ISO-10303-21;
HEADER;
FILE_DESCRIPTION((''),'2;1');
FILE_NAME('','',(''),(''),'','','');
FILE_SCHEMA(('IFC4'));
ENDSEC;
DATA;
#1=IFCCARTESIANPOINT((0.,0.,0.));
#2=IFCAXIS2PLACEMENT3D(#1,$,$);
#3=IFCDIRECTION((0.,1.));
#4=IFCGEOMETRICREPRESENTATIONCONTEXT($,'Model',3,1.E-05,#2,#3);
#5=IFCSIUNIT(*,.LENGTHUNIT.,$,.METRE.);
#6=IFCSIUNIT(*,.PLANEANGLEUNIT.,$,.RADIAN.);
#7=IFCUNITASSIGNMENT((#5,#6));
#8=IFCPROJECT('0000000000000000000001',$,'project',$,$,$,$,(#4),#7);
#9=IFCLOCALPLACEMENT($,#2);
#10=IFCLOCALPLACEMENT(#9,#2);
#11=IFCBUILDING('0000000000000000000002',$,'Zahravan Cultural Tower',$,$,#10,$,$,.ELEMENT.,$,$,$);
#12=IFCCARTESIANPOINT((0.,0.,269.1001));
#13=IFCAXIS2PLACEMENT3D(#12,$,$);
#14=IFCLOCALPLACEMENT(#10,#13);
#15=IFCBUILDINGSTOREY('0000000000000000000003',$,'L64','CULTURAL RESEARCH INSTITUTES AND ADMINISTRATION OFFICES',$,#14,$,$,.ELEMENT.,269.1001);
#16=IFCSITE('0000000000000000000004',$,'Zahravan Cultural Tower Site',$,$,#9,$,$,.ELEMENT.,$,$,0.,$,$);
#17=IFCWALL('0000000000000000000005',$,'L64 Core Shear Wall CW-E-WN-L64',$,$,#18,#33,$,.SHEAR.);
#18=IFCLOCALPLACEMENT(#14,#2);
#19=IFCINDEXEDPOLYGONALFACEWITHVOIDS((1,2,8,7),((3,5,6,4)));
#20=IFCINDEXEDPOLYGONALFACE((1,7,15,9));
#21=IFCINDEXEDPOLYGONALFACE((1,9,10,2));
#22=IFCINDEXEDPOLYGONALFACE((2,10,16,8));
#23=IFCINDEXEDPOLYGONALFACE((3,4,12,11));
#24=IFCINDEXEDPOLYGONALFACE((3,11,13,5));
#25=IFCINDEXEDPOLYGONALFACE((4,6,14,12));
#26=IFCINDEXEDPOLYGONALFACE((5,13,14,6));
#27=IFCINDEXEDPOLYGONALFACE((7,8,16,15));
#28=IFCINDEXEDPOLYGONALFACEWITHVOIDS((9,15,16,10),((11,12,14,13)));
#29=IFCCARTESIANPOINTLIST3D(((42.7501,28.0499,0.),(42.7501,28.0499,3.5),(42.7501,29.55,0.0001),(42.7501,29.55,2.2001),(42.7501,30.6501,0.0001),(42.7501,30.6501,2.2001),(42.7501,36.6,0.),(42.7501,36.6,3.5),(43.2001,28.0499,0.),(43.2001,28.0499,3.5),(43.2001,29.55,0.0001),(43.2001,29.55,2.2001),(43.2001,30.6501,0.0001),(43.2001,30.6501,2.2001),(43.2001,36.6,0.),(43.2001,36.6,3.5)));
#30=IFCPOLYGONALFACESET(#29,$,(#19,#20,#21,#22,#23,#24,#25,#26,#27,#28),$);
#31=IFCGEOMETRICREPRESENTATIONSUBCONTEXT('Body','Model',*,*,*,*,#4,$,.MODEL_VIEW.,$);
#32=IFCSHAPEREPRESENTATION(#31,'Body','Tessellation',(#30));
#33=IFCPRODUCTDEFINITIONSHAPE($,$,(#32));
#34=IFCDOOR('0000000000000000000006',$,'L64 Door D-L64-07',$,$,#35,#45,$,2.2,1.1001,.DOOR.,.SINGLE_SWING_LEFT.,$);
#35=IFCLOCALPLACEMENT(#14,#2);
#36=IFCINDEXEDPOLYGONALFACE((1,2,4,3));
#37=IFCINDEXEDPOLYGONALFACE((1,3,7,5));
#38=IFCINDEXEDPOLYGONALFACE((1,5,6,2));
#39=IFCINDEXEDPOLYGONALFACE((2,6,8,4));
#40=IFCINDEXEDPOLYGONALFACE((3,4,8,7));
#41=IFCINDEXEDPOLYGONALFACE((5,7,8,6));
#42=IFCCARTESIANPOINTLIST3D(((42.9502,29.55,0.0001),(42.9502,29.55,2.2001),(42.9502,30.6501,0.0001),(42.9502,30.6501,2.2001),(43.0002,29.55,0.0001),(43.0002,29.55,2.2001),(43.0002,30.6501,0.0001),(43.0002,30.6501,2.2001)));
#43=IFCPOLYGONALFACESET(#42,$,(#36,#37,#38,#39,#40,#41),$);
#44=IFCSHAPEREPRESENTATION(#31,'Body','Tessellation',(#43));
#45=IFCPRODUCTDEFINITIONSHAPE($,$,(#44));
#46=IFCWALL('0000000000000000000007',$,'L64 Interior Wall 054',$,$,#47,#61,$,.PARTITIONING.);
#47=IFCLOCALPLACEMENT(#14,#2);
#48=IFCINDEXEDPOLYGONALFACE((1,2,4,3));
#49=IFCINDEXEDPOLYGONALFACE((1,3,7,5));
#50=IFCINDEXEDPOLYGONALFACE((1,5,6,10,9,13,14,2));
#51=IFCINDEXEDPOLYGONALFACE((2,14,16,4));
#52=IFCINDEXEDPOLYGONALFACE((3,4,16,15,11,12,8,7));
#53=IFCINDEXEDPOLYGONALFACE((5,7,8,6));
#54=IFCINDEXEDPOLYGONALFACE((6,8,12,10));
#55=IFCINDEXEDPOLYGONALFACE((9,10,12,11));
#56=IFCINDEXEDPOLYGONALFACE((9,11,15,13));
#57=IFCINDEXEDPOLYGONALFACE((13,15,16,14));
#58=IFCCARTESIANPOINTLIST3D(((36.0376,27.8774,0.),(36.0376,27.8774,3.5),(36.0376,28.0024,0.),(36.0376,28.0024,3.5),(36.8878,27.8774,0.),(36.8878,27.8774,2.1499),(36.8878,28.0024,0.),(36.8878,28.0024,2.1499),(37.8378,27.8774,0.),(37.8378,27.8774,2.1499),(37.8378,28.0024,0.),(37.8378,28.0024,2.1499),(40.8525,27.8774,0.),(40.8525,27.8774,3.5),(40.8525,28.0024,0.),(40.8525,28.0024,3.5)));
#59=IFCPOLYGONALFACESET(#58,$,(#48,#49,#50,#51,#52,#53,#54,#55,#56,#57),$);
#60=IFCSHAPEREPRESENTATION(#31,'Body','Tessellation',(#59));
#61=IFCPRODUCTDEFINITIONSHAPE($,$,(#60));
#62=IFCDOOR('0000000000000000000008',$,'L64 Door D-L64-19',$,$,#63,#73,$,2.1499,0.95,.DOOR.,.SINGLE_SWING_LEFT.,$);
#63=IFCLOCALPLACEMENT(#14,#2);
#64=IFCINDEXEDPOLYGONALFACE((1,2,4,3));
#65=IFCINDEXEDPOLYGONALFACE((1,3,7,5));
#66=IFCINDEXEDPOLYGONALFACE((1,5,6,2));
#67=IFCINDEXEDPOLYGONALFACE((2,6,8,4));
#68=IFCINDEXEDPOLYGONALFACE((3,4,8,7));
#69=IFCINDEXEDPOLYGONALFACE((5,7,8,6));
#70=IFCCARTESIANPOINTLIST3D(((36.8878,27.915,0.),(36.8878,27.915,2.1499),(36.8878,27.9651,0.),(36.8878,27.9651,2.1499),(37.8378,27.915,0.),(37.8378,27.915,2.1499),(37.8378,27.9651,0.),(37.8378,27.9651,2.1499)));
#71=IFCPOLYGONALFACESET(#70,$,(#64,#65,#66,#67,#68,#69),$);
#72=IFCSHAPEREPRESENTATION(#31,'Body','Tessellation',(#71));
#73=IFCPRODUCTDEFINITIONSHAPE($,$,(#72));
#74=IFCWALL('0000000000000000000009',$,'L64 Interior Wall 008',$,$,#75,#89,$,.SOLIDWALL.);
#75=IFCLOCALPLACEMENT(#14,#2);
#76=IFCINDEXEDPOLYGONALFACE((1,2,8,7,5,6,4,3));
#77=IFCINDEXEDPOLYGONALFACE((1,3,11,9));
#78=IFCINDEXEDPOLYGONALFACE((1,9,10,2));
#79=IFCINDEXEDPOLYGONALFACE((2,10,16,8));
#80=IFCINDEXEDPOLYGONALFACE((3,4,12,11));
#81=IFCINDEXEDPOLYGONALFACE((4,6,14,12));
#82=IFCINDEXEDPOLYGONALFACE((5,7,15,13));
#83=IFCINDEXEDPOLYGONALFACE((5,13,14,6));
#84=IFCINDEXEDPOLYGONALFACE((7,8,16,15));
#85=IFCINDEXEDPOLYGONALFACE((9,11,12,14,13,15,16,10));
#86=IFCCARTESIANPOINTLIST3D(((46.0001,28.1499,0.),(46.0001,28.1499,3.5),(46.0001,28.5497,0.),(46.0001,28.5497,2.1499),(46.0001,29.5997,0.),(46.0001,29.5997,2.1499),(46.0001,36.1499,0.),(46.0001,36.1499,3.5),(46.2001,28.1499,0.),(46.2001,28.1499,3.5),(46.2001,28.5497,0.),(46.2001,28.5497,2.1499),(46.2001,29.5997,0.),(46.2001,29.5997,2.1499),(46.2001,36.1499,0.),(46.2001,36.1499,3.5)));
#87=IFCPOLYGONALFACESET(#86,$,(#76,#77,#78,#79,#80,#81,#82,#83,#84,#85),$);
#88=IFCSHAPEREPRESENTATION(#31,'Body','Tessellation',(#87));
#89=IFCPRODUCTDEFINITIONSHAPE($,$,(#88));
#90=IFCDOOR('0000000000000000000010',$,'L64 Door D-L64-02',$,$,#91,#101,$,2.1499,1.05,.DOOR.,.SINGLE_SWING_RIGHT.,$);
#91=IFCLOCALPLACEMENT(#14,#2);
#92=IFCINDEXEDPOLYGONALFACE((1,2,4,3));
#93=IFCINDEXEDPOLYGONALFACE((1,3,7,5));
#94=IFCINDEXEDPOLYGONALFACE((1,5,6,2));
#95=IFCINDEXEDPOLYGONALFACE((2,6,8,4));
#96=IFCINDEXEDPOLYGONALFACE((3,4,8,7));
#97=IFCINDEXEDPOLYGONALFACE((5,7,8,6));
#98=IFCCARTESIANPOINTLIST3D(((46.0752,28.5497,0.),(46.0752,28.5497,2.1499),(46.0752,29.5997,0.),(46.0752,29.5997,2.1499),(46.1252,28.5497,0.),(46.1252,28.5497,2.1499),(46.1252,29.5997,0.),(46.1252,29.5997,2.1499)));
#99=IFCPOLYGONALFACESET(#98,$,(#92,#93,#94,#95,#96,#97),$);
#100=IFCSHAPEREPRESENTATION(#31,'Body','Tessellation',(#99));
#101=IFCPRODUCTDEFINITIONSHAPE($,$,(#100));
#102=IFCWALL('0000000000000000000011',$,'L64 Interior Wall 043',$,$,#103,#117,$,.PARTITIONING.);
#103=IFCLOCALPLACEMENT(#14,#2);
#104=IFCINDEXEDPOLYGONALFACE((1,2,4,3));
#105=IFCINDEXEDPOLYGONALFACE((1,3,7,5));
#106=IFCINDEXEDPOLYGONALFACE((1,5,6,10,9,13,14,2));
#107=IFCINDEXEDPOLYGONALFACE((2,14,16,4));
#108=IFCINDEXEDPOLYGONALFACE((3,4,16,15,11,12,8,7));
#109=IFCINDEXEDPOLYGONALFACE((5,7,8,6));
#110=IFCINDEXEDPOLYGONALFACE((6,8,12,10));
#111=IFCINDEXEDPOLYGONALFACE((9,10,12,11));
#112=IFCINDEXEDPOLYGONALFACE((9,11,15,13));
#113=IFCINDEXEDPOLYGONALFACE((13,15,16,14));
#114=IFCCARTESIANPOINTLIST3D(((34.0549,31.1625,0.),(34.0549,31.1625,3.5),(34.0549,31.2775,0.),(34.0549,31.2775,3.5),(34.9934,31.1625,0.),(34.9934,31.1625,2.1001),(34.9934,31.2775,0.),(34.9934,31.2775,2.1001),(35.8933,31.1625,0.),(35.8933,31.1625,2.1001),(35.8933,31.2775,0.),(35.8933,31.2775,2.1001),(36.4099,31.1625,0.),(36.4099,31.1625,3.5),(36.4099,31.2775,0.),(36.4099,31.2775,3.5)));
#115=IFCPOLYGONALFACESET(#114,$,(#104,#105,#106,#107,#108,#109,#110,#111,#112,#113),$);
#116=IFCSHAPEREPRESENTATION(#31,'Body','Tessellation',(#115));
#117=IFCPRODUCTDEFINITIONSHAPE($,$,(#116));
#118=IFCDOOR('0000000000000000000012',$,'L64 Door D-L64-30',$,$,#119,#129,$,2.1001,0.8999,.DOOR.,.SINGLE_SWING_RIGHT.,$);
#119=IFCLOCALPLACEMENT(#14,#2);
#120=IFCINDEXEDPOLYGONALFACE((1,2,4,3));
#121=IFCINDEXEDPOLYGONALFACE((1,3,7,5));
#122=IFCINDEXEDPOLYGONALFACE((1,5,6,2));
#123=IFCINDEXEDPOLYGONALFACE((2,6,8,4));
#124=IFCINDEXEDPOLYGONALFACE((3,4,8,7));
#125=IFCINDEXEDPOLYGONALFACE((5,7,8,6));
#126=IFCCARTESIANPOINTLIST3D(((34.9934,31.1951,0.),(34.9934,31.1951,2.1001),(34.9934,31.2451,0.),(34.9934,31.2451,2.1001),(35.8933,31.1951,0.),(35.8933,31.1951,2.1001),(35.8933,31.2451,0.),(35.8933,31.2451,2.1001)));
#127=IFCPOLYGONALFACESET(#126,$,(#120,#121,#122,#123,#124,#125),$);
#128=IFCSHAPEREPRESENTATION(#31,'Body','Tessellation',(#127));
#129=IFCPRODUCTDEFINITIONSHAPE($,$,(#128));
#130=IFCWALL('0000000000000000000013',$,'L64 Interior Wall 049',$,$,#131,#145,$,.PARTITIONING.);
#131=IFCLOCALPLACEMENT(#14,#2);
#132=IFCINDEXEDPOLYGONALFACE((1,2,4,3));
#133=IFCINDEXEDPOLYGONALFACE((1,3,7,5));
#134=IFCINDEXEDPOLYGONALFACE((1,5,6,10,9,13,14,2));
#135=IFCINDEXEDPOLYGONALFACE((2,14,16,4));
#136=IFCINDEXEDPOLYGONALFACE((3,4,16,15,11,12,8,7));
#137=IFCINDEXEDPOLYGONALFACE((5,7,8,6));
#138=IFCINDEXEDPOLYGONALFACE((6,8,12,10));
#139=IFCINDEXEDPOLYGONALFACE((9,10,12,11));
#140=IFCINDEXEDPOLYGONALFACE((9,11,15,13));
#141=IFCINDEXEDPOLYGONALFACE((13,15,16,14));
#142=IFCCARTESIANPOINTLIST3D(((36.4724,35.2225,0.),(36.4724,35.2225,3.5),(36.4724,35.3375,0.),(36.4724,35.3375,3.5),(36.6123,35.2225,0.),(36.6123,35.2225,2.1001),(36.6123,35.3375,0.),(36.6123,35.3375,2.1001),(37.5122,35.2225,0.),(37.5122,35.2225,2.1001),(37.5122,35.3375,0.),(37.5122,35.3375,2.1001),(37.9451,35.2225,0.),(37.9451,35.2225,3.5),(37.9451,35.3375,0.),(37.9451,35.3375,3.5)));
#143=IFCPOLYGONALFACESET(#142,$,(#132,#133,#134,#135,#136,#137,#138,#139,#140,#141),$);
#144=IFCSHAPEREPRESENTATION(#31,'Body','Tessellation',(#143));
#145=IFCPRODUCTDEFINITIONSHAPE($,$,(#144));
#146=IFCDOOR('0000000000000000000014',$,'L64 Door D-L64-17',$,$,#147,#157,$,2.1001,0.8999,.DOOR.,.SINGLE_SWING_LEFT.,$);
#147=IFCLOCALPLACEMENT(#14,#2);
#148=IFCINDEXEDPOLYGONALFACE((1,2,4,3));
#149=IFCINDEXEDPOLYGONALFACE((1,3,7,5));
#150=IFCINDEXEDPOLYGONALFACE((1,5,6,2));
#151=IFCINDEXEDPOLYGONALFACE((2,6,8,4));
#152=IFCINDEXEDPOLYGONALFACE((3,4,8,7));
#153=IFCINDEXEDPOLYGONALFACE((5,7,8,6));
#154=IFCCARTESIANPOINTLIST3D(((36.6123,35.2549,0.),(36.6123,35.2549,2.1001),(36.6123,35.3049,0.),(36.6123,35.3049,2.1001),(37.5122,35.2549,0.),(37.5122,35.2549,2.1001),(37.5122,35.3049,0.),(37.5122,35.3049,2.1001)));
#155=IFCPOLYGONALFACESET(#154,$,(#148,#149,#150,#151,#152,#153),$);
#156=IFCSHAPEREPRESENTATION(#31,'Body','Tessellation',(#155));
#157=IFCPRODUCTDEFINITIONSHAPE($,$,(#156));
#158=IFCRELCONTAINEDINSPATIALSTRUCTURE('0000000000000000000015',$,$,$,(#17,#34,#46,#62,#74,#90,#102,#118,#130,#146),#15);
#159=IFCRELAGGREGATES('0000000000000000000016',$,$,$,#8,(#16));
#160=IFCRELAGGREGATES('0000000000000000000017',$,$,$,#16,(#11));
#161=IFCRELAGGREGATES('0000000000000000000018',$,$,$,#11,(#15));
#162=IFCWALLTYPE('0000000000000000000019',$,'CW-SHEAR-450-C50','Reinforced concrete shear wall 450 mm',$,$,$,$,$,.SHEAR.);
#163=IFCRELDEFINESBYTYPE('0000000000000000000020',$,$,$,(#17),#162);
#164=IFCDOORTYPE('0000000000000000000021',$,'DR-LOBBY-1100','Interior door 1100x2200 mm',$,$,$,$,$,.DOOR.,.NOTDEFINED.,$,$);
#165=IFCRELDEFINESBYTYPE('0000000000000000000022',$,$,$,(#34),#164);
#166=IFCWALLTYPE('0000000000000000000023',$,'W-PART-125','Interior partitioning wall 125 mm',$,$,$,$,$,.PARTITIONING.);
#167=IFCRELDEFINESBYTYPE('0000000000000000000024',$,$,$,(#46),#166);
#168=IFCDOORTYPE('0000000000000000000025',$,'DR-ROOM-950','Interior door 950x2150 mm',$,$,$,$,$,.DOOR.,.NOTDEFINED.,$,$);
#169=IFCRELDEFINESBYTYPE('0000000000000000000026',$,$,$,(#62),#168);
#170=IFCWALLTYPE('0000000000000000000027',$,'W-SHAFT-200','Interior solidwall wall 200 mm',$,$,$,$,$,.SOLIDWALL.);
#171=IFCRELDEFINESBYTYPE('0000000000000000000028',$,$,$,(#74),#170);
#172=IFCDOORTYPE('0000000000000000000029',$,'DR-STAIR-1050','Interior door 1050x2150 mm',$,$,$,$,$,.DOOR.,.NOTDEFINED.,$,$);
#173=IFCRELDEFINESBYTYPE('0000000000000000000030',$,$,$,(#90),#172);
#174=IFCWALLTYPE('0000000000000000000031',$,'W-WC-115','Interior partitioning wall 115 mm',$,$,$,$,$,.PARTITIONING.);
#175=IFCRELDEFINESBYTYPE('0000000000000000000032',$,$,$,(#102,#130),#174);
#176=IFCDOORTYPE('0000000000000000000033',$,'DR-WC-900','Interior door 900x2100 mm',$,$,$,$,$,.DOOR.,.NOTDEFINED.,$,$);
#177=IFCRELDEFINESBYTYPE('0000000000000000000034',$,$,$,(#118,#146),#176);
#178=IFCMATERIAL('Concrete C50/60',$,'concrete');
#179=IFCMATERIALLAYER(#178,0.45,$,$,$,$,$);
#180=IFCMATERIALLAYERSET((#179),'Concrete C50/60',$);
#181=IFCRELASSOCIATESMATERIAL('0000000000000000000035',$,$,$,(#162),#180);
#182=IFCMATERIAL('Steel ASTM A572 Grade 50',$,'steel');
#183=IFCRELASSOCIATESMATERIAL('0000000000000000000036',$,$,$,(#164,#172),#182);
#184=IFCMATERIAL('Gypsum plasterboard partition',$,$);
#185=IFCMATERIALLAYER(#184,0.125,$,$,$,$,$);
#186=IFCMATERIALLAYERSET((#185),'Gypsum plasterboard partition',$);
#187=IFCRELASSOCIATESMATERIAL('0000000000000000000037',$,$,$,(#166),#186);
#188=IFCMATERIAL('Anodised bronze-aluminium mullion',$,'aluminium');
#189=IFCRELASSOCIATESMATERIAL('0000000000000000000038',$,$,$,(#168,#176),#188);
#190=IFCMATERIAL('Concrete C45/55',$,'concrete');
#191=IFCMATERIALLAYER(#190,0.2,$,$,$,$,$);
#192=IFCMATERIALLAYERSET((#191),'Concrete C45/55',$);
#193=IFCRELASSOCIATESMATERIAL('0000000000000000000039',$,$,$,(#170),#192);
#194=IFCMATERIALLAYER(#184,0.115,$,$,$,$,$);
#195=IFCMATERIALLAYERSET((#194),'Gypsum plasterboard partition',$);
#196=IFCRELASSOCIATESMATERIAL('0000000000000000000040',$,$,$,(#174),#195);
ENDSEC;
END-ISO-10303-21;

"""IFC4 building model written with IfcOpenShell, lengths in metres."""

from ifc_helpers import new_model, si_unit, direction, frame, frame_2d, origin, place, context, subcontext, project, spatial, rectangle, extrude, source, transform, mapped, material, layer, layer_set, type_object, element, fill, save


model = new_model("IFC4")

# Units and contexts
model_context = context("Model", 3, precision=1e-05, world=origin(), true_north=direction((0.0, 1.0)))
body_context = subcontext(model_context, "Body", "Model", "MODEL_VIEW")
ifc_project = project(units=[si_unit("LENGTHUNIT", "METRE"), si_unit("PLANEANGLEUNIT", "RADIAN")], contexts=[model_context])

# Site, building, storey
site_placement = place(None, origin())
site = spatial("IfcSite", under=ifc_project, at=site_placement, Name="Zahravan Cultural Tower Site", CompositionType="ELEMENT", RefElevation=0.0)
building_placement = place(site_placement, origin())
building = spatial("IfcBuilding", under=site, at=building_placement, Name="Zahravan Cultural Tower", CompositionType="ELEMENT")
storey_placement = place(building_placement, frame((0.0, 0.0, 269.1001)))
storey = spatial("IfcBuildingStorey", under=building, at=storey_placement, Name="L64", Description="CULTURAL RESEARCH INSTITUTES AND ADMINISTRATION OFFICES", CompositionType="ELEMENT", Elevation=269.1001)

# Walls, openings, doors
ifc_material_1 = material(Name="Concrete C50/60", Category="concrete")
ifc_layer_1 = layer(ifc_material_1, 0.45)
ifc_layer_set_1 = layer_set([ifc_layer_1], Name="Concrete C50/60")
wall_type_1 = type_object("IfcWallType", Name="CW-SHEAR-450-C50", Description="Reinforced concrete shear wall 450 mm", PredefinedType="SHEAR", material=ifc_layer_set_1)
wall_1_placement = place(storey_placement, frame((42.9751, 28.05, 0.0), z_axis=(0.0, 0.0, 1.0), x_axis=(0.0, 1.0, 0.0)))
wall_1 = element("IfcWall", 1, at=wall_1_placement, inside=storey, type_object=wall_type_1, Name="L64 Core Shear Wall CW-E-WN-L64", PredefinedType="SHEAR", context=body_context, shape_type="SweptSolid", body=[
    extrude(rectangle(XDim=8.55, YDim=0.45, at=frame_2d((4.2749, 0.0))), origin(), (0.0, 0.0, 1.0), 3.5),
])
opening_1_placement = place(wall_1_placement, frame((1.5, 0.0, 0.0)))
opening_1 = element("IfcOpeningElement", 2, at=opening_1_placement, cuts=wall_1, PredefinedType="OPENING", context=body_context, shape_type="SweptSolid", body=[
    extrude(rectangle(XDim=1.1001, YDim=2.2, at=frame_2d((0.55, 1.1001))), frame((0.0, 0.2349, 0.0), z_axis=(0.0, -1.0, 0.0), x_axis=(1.0, 0.0, 0.0)), (0.0, 0.0, 1.0), 0.47),
])
ifc_material_2 = material(Name="Steel ASTM A572 Grade 50", Category="steel")
door_type_1 = type_object("IfcDoorType", Name="DR-LOBBY-1100", Description="Interior door 1100x2200 mm", OperationType="NOTDEFINED", PredefinedType="DOOR", material=ifc_material_2)
shared_shape_1 = source(origin(), body_context, "Body", "SweptSolid", [
    extrude(rectangle(XDim=1.1001, YDim=2.2, at=frame_2d((0.55, 1.1001))), frame((0.0, 0.0249, 0.0), z_axis=(0.0, -1.0, 0.0), x_axis=(1.0, 0.0, 0.0)), (0.0, 0.0, 1.0), 0.05),
])
door_1_placement = place(opening_1_placement, origin())
door_1 = element("IfcDoor", 3, at=door_1_placement, inside=storey, type_object=door_type_1, Name="L64 Door D-L64-07", OperationType="SINGLE_SWING_LEFT", OverallHeight=2.2, OverallWidth=1.1001, PredefinedType="DOOR", context=body_context, shape_type="MappedRepresentation", body=[
    mapped(shared_shape_1, transform((0.0, 0.0, 0.0), x_axis=(1.0, 0.0, 0.0), y_axis=(0.0, 1.0, 0.0), z_axis=(0.0, 0.0, 1.0), scale=1.0)),
])
fill(opening_1, door_1)
ifc_material_3 = material(Name="Gypsum plasterboard partition")
ifc_layer_2 = layer(ifc_material_3, 0.125)
ifc_layer_set_2 = layer_set([ifc_layer_2], Name="Gypsum plasterboard partition")
wall_type_2 = type_object("IfcWallType", Name="W-PART-125", Description="Interior partitioning wall 125 mm", PredefinedType="PARTITIONING", material=ifc_layer_set_2)
wall_2_placement = place(storey_placement, frame((40.8525, 27.9399, 0.0), z_axis=(0.0, 0.0, 1.0), x_axis=(-1.0, 0.0, 0.0)))
wall_2 = element("IfcWall", 4, at=wall_2_placement, inside=storey, type_object=wall_type_2, Name="L64 Interior Wall 054", PredefinedType="PARTITIONING", context=body_context, shape_type="SweptSolid", body=[
    extrude(rectangle(XDim=4.8149, YDim=0.125, at=frame_2d((2.4075, 0.0))), origin(), (0.0, 0.0, 1.0), 3.5),
])
opening_2_placement = place(wall_2_placement, frame((3.0146, 0.0, 0.0)))
opening_2 = element("IfcOpeningElement", 5, at=opening_2_placement, cuts=wall_2, PredefinedType="OPENING", context=body_context, shape_type="SweptSolid", body=[
    extrude(rectangle(XDim=0.95, YDim=2.1499, at=frame_2d((0.4751, 1.075))), frame((0.0, 0.0725, 0.0), z_axis=(0.0, -1.0, 0.0), x_axis=(1.0, 0.0, 0.0)), (0.0, 0.0, 1.0), 0.145),
])
ifc_material_4 = material(Name="Anodised bronze-aluminium mullion", Category="aluminium")
door_type_2 = type_object("IfcDoorType", Name="DR-ROOM-950", Description="Interior door 950x2150 mm", OperationType="NOTDEFINED", PredefinedType="DOOR", material=ifc_material_4)
shared_shape_2 = source(origin(), body_context, "Body", "SweptSolid", [
    extrude(rectangle(XDim=0.95, YDim=2.1499, at=frame_2d((0.4751, 1.075))), frame((0.0, 0.0249, 0.0), z_axis=(0.0, -1.0, 0.0), x_axis=(1.0, 0.0, 0.0)), (0.0, 0.0, 1.0), 0.05),
])
door_2_placement = place(opening_2_placement, origin())
door_2 = element("IfcDoor", 6, at=door_2_placement, inside=storey, type_object=door_type_2, Name="L64 Door D-L64-19", OperationType="SINGLE_SWING_LEFT", OverallHeight=2.1499, OverallWidth=0.95, PredefinedType="DOOR", context=body_context, shape_type="MappedRepresentation", body=[
    mapped(shared_shape_2, transform((0.0, 0.0, 0.0), x_axis=(1.0, 0.0, 0.0), y_axis=(0.0, 1.0, 0.0), z_axis=(0.0, 0.0, 1.0), scale=1.0)),
])
fill(opening_2, door_2)
ifc_material_5 = material(Name="Concrete C45/55", Category="concrete")
ifc_layer_3 = layer(ifc_material_5, 0.2)
ifc_layer_set_3 = layer_set([ifc_layer_3], Name="Concrete C45/55")
wall_type_3 = type_object("IfcWallType", Name="W-SHAFT-200", Description="Interior solidwall wall 200 mm", PredefinedType="SOLIDWALL", material=ifc_layer_set_3)
wall_3_placement = place(storey_placement, frame((46.1001, 28.1499, 0.0), z_axis=(0.0, 0.0, 1.0), x_axis=(0.0, 1.0, 0.0)))
wall_3 = element("IfcWall", 7, at=wall_3_placement, inside=storey, type_object=wall_type_3, Name="L64 Interior Wall 008", PredefinedType="SOLIDWALL", context=body_context, shape_type="SweptSolid", body=[
    extrude(rectangle(XDim=8.0, YDim=0.2, at=frame_2d((4.0, 0.0))), origin(), (0.0, 0.0, 1.0), 3.5),
])
opening_3_placement = place(wall_3_placement, frame((0.3999, 0.0, 0.0)))
opening_3 = element("IfcOpeningElement", 8, at=opening_3_placement, cuts=wall_3, PredefinedType="OPENING", context=body_context, shape_type="SweptSolid", body=[
    extrude(rectangle(XDim=1.05, YDim=2.1499, at=frame_2d((0.5249, 1.075))), frame((0.0, 0.1099, 0.0), z_axis=(0.0, -1.0, 0.0), x_axis=(1.0, 0.0, 0.0)), (0.0, 0.0, 1.0), 0.22),
])
door_type_3 = type_object("IfcDoorType", Name="DR-STAIR-1050", Description="Interior door 1050x2150 mm", OperationType="NOTDEFINED", PredefinedType="DOOR", material=ifc_material_2)
shared_shape_3 = source(origin(), body_context, "Body", "SweptSolid", [
    extrude(rectangle(XDim=1.05, YDim=2.1499, at=frame_2d((0.5249, 1.075))), frame((0.0, 0.0249, 0.0), z_axis=(0.0, -1.0, 0.0), x_axis=(1.0, 0.0, 0.0)), (0.0, 0.0, 1.0), 0.05),
])
door_3_placement = place(opening_3_placement, origin())
door_3 = element("IfcDoor", 9, at=door_3_placement, inside=storey, type_object=door_type_3, Name="L64 Door D-L64-02", OperationType="SINGLE_SWING_RIGHT", OverallHeight=2.1499, OverallWidth=1.05, PredefinedType="DOOR", context=body_context, shape_type="MappedRepresentation", body=[
    mapped(shared_shape_3, transform((0.0, 0.0, 0.0), x_axis=(1.0, 0.0, 0.0), y_axis=(0.0, 1.0, 0.0), z_axis=(0.0, 0.0, 1.0), scale=1.0)),
])
fill(opening_3, door_3)
ifc_layer_4 = layer(ifc_material_3, 0.115)
ifc_layer_set_4 = layer_set([ifc_layer_4], Name="Gypsum plasterboard partition")
wall_type_4 = type_object("IfcWallType", Name="W-WC-115", Description="Interior partitioning wall 115 mm", PredefinedType="PARTITIONING", material=ifc_layer_set_4)
wall_4_placement = place(storey_placement, frame((36.4099, 31.22, 0.0), z_axis=(0.0, 0.0, 1.0), x_axis=(-1.0, 0.0, 0.0)))
wall_4 = element("IfcWall", 10, at=wall_4_placement, inside=storey, type_object=wall_type_4, Name="L64 Interior Wall 043", PredefinedType="PARTITIONING", context=body_context, shape_type="SweptSolid", body=[
    extrude(rectangle(XDim=2.355, YDim=0.115, at=frame_2d((1.1775, 0.0))), origin(), (0.0, 0.0, 1.0), 3.5),
])
opening_4_placement = place(wall_4_placement, frame((0.5166, 0.0, 0.0)))
opening_4 = element("IfcOpeningElement", 11, at=opening_4_placement, cuts=wall_4, PredefinedType="OPENING", context=body_context, shape_type="SweptSolid", body=[
    extrude(rectangle(XDim=0.8999, YDim=2.1001, at=frame_2d((0.45, 1.05))), frame((0.0, 0.0674, 0.0), z_axis=(0.0, -1.0, 0.0), x_axis=(1.0, 0.0, 0.0)), (0.0, 0.0, 1.0), 0.135),
])
door_type_4 = type_object("IfcDoorType", Name="DR-WC-900", Description="Interior door 900x2100 mm", OperationType="NOTDEFINED", PredefinedType="DOOR", material=ifc_material_4)
shared_shape_4 = source(origin(), body_context, "Body", "SweptSolid", [
    extrude(rectangle(XDim=0.8999, YDim=2.1001, at=frame_2d((0.45, 1.05))), frame((0.0, 0.0249, 0.0), z_axis=(0.0, -1.0, 0.0), x_axis=(1.0, 0.0, 0.0)), (0.0, 0.0, 1.0), 0.05),
])
door_4_placement = place(opening_4_placement, origin())
door_4 = element("IfcDoor", 12, at=door_4_placement, inside=storey, type_object=door_type_4, Name="L64 Door D-L64-30", OperationType="SINGLE_SWING_RIGHT", OverallHeight=2.1001, OverallWidth=0.8999, PredefinedType="DOOR", context=body_context, shape_type="MappedRepresentation", body=[
    mapped(shared_shape_4, transform((0.0, 0.0, 0.0), x_axis=(1.0, 0.0, 0.0), y_axis=(0.0, 1.0, 0.0), z_axis=(0.0, 0.0, 1.0), scale=1.0)),
])
fill(opening_4, door_4)
wall_5_placement = place(storey_placement, frame((36.4724, 35.28, 0.0), z_axis=(0.0, 0.0, 1.0), x_axis=(1.0, 0.0, 0.0)))
wall_5 = element("IfcWall", 13, at=wall_5_placement, inside=storey, type_object=wall_type_4, Name="L64 Interior Wall 049", PredefinedType="PARTITIONING", context=body_context, shape_type="SweptSolid", body=[
    extrude(rectangle(XDim=1.4727, YDim=0.115, at=frame_2d((0.7363, 0.0))), origin(), (0.0, 0.0, 1.0), 3.5),
])
opening_5_placement = place(wall_5_placement, frame((0.1399, 0.0, 0.0)))
opening_5 = element("IfcOpeningElement", 14, at=opening_5_placement, cuts=wall_5, PredefinedType="OPENING", context=body_context, shape_type="SweptSolid", body=[
    extrude(rectangle(XDim=0.8999, YDim=2.1001, at=frame_2d((0.45, 1.05))), frame((0.0, 0.0674, 0.0), z_axis=(0.0, -1.0, 0.0), x_axis=(1.0, 0.0, 0.0)), (0.0, 0.0, 1.0), 0.135),
])
door_5_placement = place(opening_5_placement, origin())
door_5 = element("IfcDoor", 15, at=door_5_placement, inside=storey, type_object=door_type_4, Name="L64 Door D-L64-17", OperationType="SINGLE_SWING_LEFT", OverallHeight=2.1001, OverallWidth=0.8999, PredefinedType="DOOR", context=body_context, shape_type="MappedRepresentation", body=[
    mapped(shared_shape_4, transform((0.0, 0.0, 0.0), x_axis=(1.0, 0.0, 0.0), y_axis=(0.0, 1.0, 0.0), z_axis=(0.0, 0.0, 1.0), scale=1.0)),
])
fill(opening_5, door_5)

save(model, "model.ifc")
